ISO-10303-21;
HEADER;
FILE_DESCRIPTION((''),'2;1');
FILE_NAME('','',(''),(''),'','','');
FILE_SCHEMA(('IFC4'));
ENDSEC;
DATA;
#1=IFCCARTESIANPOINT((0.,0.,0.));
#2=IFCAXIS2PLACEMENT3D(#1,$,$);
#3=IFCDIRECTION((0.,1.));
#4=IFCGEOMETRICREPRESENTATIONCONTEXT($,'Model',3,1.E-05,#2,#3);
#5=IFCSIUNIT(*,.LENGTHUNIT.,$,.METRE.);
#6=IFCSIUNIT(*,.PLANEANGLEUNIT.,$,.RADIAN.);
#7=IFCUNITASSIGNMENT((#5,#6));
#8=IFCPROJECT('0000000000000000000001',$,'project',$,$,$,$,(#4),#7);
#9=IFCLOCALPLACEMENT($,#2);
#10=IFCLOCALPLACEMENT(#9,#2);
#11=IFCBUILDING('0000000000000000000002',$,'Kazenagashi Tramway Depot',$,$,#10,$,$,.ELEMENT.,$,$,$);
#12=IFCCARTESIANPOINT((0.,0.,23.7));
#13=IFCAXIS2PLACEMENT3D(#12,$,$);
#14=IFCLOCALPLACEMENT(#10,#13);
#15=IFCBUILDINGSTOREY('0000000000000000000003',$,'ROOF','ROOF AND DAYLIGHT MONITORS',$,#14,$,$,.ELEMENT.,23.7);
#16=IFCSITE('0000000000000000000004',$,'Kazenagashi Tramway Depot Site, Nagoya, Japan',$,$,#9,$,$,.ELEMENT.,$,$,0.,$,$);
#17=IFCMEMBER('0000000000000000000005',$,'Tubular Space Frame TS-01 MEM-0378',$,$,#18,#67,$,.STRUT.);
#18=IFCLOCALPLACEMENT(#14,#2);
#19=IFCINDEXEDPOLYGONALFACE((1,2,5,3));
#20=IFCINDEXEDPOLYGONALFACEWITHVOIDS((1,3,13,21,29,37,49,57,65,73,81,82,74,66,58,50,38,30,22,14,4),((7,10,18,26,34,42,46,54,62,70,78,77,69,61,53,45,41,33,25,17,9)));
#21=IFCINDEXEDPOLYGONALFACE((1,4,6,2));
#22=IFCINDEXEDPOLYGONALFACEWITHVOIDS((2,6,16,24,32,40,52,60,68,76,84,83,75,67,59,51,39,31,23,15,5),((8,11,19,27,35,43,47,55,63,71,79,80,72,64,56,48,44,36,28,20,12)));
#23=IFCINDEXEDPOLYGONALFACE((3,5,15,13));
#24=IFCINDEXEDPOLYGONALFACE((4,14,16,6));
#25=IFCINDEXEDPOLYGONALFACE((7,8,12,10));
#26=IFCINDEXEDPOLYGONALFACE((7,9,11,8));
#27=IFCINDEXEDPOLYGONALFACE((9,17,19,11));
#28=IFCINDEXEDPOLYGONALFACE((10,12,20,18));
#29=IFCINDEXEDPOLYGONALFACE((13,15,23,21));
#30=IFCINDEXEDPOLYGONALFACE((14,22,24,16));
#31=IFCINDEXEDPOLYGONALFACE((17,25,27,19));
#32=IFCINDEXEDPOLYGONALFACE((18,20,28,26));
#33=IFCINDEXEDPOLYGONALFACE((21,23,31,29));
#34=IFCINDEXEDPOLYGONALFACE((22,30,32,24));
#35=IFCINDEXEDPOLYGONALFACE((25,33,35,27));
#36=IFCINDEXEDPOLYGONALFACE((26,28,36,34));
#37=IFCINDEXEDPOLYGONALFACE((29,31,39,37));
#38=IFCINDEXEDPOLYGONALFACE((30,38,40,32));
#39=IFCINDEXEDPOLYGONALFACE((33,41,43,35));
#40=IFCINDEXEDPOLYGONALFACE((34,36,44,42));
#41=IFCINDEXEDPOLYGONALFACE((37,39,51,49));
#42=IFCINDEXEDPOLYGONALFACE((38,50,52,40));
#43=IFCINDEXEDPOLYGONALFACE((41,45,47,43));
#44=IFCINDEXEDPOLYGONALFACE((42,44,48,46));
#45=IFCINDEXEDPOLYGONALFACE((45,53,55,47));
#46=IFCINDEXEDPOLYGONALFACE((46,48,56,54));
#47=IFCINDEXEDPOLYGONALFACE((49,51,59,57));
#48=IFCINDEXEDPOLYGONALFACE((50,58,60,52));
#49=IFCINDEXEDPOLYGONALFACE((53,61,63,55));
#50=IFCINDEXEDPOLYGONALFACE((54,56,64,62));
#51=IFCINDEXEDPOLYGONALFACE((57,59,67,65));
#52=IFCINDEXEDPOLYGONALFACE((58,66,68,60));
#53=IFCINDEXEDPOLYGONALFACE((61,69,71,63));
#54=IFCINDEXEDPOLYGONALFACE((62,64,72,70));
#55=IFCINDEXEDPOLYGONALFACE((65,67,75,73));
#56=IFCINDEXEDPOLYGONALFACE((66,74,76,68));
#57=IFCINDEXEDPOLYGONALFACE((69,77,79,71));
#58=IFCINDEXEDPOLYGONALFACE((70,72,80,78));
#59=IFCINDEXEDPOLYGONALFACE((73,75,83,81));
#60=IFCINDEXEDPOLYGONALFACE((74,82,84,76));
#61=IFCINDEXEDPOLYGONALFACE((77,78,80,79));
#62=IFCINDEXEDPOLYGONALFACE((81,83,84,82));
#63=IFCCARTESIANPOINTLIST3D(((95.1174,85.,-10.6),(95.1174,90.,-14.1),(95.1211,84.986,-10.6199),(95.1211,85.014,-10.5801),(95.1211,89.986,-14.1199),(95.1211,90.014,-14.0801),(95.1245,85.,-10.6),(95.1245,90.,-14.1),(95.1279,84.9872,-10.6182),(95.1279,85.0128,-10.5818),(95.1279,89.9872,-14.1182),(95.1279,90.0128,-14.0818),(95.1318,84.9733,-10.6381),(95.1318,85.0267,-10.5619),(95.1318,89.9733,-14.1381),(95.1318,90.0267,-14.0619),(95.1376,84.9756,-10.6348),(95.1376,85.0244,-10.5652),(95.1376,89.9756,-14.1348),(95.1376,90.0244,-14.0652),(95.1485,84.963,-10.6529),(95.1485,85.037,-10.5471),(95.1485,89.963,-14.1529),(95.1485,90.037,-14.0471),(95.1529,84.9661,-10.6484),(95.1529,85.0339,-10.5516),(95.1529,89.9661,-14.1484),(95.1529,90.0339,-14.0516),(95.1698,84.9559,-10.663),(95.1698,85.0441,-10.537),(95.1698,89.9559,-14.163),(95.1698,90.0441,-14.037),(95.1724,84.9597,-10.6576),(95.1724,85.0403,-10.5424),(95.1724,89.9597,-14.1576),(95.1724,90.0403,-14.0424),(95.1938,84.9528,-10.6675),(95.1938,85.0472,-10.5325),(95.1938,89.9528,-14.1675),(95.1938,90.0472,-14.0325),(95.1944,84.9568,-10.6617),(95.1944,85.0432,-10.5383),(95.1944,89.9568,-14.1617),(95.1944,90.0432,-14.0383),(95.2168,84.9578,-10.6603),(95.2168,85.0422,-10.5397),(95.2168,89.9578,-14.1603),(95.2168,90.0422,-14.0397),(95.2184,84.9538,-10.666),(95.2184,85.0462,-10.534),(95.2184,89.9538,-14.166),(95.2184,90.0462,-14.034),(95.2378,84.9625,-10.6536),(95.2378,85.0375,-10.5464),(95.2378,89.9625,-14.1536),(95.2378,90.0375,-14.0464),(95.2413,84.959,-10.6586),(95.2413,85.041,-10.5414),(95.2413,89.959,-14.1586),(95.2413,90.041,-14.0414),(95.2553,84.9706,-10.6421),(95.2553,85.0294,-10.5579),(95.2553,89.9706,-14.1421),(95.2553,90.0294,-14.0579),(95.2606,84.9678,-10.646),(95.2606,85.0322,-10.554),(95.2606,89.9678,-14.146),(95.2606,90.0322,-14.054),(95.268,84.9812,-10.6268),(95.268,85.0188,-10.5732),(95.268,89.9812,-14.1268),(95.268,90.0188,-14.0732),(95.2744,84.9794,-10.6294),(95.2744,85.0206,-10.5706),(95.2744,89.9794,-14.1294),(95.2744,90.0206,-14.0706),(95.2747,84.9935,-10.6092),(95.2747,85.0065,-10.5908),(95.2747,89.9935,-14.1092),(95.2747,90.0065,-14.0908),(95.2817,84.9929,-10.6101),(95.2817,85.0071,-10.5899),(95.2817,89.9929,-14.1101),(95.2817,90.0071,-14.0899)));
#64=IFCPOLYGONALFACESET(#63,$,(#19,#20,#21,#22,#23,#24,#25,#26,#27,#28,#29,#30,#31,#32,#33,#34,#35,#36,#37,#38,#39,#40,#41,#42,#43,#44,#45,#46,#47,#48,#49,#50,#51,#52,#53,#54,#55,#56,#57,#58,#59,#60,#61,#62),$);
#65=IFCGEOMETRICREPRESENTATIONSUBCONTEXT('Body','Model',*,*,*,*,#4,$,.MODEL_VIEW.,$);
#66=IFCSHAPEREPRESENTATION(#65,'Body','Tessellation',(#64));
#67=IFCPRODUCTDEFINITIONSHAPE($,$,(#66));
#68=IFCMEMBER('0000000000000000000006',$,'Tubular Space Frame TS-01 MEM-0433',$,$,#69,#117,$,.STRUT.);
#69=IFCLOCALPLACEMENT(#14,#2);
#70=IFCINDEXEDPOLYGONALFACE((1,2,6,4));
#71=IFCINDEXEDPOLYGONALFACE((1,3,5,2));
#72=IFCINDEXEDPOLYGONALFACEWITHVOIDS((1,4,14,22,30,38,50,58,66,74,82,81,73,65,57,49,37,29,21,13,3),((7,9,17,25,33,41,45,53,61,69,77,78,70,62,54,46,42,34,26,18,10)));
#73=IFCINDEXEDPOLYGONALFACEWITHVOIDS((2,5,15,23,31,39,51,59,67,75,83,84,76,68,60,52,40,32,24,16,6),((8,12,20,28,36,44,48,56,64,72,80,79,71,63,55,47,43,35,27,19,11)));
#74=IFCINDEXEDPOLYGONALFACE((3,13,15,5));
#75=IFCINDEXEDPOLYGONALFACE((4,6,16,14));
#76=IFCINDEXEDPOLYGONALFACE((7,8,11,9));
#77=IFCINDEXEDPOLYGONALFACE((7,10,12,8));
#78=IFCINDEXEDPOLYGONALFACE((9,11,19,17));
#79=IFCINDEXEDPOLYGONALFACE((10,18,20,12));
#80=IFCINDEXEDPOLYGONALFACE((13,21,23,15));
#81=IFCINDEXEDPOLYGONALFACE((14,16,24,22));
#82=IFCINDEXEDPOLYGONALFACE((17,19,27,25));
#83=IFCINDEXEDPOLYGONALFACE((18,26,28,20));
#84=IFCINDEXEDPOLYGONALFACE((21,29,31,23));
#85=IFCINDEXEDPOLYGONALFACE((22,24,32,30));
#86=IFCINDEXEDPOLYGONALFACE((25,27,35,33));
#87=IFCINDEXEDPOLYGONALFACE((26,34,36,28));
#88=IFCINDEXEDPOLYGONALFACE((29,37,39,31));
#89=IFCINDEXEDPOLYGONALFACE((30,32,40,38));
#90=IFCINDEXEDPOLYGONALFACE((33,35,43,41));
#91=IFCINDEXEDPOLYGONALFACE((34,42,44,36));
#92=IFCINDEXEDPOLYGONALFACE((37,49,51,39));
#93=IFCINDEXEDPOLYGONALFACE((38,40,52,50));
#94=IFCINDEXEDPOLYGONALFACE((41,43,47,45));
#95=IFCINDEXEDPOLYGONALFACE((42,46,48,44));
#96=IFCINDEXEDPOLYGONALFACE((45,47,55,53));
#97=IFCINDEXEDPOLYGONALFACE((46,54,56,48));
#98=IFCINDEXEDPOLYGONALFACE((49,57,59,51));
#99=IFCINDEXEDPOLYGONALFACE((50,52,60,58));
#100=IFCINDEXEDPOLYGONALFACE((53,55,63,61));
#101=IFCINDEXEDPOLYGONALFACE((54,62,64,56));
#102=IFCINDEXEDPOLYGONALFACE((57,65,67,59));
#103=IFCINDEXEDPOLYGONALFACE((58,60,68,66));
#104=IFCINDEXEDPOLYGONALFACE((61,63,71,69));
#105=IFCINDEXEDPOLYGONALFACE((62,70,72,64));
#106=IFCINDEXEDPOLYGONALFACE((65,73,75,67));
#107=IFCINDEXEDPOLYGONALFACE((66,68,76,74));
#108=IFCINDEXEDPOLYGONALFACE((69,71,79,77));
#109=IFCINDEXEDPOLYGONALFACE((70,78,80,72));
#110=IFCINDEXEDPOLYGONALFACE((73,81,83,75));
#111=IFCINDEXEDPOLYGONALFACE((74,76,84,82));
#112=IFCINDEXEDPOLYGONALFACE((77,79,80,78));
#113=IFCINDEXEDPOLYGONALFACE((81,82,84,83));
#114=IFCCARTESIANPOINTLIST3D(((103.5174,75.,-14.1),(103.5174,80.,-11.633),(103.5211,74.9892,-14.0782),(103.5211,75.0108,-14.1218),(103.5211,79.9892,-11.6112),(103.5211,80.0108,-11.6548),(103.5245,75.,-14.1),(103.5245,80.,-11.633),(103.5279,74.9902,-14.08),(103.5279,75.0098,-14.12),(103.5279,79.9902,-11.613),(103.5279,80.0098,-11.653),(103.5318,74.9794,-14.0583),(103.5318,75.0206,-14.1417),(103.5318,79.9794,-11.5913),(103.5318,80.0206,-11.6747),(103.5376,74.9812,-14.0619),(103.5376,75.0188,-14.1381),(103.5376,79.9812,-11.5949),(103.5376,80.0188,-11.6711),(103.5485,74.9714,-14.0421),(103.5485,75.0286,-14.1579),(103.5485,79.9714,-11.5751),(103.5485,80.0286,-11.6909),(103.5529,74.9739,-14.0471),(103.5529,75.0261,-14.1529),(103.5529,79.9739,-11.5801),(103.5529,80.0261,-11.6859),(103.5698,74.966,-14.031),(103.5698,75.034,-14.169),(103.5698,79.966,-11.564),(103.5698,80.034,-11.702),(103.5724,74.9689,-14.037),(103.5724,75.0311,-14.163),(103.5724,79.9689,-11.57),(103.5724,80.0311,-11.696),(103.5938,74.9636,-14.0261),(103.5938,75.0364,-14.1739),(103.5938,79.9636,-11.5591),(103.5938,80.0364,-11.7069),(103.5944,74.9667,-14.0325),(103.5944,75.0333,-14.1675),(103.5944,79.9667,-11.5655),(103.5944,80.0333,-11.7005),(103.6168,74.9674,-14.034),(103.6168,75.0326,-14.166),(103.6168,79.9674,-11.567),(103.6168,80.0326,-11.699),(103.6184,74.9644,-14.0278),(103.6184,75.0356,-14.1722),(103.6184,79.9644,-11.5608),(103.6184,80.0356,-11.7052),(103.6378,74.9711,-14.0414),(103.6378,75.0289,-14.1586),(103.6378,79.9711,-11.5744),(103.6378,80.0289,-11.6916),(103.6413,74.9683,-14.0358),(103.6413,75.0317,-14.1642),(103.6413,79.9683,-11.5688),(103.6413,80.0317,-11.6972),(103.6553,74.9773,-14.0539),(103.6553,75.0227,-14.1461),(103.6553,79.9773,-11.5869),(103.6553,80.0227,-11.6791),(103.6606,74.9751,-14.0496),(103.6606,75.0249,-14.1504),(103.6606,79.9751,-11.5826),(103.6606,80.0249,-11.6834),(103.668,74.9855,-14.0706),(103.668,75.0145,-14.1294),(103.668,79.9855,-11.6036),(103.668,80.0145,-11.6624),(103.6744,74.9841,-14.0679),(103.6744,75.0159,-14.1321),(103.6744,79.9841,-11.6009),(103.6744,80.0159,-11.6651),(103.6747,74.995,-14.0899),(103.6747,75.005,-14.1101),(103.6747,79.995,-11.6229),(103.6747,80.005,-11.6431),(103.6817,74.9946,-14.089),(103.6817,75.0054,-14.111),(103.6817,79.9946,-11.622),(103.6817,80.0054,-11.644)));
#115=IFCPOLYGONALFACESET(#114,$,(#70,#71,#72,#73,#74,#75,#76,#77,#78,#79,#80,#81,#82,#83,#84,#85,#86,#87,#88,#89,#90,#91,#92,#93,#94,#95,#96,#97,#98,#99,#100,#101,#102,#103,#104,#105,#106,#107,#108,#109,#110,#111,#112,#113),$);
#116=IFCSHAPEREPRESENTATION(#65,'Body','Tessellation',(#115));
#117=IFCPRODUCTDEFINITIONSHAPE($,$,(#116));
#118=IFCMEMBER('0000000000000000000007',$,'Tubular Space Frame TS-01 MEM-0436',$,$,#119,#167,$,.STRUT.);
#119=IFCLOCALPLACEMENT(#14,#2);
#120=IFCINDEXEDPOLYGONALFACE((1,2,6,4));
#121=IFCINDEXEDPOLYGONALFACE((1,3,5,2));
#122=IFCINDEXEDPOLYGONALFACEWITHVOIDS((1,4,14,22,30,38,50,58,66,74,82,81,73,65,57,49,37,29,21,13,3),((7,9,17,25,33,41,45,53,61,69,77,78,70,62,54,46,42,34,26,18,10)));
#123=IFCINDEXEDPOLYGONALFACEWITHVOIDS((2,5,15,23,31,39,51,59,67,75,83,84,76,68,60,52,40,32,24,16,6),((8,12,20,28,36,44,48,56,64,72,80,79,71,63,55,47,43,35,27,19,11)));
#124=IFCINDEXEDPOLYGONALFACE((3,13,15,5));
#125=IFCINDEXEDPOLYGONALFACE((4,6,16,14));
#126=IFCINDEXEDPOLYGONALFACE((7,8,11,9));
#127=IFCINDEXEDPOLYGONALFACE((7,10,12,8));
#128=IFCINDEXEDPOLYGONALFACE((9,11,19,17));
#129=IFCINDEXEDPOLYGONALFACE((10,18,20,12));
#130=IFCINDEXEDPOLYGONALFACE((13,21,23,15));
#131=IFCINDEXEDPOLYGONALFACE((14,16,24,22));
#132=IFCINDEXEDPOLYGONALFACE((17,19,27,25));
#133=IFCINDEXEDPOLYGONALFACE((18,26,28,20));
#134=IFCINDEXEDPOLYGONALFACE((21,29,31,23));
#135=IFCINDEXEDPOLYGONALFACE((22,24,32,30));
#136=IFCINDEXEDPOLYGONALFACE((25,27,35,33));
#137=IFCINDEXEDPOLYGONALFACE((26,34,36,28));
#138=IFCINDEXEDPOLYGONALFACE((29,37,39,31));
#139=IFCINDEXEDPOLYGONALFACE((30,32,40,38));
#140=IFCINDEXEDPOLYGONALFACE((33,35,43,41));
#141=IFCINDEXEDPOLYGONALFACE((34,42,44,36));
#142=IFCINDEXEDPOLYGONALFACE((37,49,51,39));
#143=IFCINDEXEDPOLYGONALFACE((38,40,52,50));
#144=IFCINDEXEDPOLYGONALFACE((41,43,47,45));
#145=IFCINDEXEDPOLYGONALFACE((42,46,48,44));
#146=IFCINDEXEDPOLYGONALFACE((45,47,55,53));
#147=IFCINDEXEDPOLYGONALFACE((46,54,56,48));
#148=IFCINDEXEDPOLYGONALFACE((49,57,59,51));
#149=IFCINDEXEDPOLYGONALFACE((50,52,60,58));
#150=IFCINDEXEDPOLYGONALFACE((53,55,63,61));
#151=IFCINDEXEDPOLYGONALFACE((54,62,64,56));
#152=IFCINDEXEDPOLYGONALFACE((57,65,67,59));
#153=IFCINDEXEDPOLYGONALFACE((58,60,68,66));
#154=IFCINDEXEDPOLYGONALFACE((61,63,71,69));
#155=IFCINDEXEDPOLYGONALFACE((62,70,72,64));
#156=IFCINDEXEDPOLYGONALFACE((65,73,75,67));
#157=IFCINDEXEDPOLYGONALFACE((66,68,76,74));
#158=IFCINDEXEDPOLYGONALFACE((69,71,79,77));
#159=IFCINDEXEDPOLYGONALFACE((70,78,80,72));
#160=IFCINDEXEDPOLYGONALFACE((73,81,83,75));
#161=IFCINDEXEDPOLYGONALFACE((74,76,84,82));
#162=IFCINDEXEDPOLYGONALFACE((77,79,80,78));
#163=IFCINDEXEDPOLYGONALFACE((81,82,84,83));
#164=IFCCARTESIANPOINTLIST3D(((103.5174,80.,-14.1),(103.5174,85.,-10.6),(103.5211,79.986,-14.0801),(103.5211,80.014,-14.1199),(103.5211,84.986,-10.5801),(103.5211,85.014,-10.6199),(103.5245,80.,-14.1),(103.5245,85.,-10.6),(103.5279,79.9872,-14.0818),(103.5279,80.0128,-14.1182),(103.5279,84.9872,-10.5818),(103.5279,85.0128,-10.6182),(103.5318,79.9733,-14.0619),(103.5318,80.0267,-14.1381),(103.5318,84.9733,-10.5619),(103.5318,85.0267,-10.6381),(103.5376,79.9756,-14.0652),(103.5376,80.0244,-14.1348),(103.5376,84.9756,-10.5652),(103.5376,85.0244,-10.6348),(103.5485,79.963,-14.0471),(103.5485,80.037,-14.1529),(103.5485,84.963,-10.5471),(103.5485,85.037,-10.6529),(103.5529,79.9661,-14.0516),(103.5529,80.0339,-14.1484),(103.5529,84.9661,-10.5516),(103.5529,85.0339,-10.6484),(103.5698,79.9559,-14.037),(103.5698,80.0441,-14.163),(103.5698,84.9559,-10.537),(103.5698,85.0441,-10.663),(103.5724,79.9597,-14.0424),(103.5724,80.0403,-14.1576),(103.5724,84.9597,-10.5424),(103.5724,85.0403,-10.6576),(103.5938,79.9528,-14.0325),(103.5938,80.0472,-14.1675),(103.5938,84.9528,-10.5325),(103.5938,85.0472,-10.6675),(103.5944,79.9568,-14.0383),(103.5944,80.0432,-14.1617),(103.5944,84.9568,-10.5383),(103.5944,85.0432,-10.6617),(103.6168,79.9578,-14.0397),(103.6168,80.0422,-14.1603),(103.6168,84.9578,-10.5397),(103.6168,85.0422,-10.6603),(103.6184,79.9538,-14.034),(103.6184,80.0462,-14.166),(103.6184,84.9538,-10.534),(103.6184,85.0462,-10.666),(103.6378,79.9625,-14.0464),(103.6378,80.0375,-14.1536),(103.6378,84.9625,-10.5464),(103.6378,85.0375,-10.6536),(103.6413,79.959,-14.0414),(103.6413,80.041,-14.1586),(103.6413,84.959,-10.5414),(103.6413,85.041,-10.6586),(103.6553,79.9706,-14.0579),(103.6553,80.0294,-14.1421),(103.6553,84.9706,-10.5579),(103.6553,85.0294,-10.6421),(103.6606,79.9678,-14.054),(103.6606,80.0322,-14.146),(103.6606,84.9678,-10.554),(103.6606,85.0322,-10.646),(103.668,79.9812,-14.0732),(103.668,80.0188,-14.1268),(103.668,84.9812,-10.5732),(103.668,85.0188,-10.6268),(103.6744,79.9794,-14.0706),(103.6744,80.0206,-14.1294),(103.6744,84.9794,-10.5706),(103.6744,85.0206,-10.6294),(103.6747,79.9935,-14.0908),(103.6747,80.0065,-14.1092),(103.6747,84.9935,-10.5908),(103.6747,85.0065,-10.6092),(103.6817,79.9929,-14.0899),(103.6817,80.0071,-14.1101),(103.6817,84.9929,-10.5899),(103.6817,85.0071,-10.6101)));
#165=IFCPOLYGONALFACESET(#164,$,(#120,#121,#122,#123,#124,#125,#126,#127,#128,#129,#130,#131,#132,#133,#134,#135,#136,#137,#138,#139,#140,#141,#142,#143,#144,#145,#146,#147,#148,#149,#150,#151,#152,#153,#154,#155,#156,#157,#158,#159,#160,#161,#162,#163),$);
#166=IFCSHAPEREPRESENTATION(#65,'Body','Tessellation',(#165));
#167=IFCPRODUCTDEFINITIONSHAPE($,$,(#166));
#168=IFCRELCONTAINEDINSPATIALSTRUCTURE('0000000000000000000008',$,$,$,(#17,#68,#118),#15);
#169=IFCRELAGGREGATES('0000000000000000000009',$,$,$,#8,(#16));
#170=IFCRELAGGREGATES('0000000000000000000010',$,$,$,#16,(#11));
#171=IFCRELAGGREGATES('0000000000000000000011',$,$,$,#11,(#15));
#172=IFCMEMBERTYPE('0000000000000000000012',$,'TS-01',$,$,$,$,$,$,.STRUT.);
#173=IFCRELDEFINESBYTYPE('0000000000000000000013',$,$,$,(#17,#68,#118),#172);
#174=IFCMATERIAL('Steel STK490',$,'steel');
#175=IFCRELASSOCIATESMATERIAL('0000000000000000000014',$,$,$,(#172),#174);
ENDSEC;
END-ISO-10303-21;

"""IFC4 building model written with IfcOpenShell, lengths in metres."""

from ifc_helpers import new_model, si_unit, direction, frame, origin, origin_2d, place, context, subcontext, project, spatial, hollow_circle, extrude, material, material_profile, profile_set, type_object, element, save


model = new_model("IFC4")

# Units and contexts
model_context = context("Model", 3, precision=1e-05, world=origin(), true_north=direction((0.0, 1.0)))
body_context = subcontext(model_context, "Body", "Model", "MODEL_VIEW")
ifc_project = project(units=[si_unit("LENGTHUNIT", "METRE"), si_unit("PLANEANGLEUNIT", "RADIAN")], contexts=[model_context])

# Site, building, storey
site_placement = place(None, origin())
site = spatial("IfcSite", under=ifc_project, at=site_placement, Name="Kazenagashi Tramway Depot Site, Nagoya, Japan", CompositionType="ELEMENT", RefElevation=0.0)
building_placement = place(site_placement, origin())
building = spatial("IfcBuilding", under=site, at=building_placement, Name="Kazenagashi Tramway Depot", CompositionType="ELEMENT")
storey_placement = place(building_placement, frame((0.0, 0.0, 23.7)))
storey = spatial("IfcBuildingStorey", under=building, at=storey_placement, Name="ROOF", Description="ROOF AND DAYLIGHT MONITORS", CompositionType="ELEMENT", Elevation=23.7)

# Members
ifc_material_1 = material(Name="Steel STK490", Category="steel")
ifc_material_profile_1 = material_profile(ifc_material_1, hollow_circle(Radius=0.0826, WallThickness=0.0071, at=origin_2d()), Name="CHS-165.2x7.1")
ifc_profile_set_1 = profile_set([ifc_material_profile_1], Name="Steel STK490")
member_type_1 = type_object("IfcMemberType", Name="TS-01", PredefinedType="STRUT", material=ifc_profile_set_1)
for number, where, z_axis, x_axis, name in (
    (1, (95.2, 85.0, -10.6), (0.0, 0.819232, -0.573462), (-1.0, 0.0, 0.0), "Tubular Space Frame TS-01 MEM-0378"),
):
    element("IfcMember", number, at=place(storey_placement, frame(where, z_axis=z_axis, x_axis=x_axis)), inside=storey, type_object=member_type_1, Name=name, PredefinedType="STRUT", context=body_context, shape_type="SweptSolid", body=[
        extrude(hollow_circle(Radius=0.0826, WallThickness=0.0071, at=origin_2d()), origin(), (0.0, 0.0, 1.0), 6.1033),
    ])
member_1_placement = place(storey_placement, frame((103.6, 75.0, -14.1), z_axis=(0.0, 0.896782, 0.442472), x_axis=(-1.0, 0.0, 0.0)))
element("IfcMember", 2, at=member_1_placement, inside=storey, type_object=member_type_1, Name="Tubular Space Frame TS-01 MEM-0433", PredefinedType="STRUT", context=body_context, shape_type="SweptSolid", body=[
    extrude(hollow_circle(Radius=0.0826, WallThickness=0.0071, at=origin_2d()), origin(), (0.0, 0.0, 1.0), 5.5755),
])
for number, where, z_axis, x_axis, name in (
    (3, (103.6, 80.0, -14.1), (0.0, 0.819232, 0.573462), (-1.0, 0.0, 0.0), "Tubular Space Frame TS-01 MEM-0436"),
):
    element("IfcMember", number, at=place(storey_placement, frame(where, z_axis=z_axis, x_axis=x_axis)), inside=storey, type_object=member_type_1, Name=name, PredefinedType="STRUT", context=body_context, shape_type="SweptSolid", body=[
        extrude(hollow_circle(Radius=0.0826, WallThickness=0.0071, at=origin_2d()), origin(), (0.0, 0.0, 1.0), 6.1033),
    ])

save(model, "model.ifc")
